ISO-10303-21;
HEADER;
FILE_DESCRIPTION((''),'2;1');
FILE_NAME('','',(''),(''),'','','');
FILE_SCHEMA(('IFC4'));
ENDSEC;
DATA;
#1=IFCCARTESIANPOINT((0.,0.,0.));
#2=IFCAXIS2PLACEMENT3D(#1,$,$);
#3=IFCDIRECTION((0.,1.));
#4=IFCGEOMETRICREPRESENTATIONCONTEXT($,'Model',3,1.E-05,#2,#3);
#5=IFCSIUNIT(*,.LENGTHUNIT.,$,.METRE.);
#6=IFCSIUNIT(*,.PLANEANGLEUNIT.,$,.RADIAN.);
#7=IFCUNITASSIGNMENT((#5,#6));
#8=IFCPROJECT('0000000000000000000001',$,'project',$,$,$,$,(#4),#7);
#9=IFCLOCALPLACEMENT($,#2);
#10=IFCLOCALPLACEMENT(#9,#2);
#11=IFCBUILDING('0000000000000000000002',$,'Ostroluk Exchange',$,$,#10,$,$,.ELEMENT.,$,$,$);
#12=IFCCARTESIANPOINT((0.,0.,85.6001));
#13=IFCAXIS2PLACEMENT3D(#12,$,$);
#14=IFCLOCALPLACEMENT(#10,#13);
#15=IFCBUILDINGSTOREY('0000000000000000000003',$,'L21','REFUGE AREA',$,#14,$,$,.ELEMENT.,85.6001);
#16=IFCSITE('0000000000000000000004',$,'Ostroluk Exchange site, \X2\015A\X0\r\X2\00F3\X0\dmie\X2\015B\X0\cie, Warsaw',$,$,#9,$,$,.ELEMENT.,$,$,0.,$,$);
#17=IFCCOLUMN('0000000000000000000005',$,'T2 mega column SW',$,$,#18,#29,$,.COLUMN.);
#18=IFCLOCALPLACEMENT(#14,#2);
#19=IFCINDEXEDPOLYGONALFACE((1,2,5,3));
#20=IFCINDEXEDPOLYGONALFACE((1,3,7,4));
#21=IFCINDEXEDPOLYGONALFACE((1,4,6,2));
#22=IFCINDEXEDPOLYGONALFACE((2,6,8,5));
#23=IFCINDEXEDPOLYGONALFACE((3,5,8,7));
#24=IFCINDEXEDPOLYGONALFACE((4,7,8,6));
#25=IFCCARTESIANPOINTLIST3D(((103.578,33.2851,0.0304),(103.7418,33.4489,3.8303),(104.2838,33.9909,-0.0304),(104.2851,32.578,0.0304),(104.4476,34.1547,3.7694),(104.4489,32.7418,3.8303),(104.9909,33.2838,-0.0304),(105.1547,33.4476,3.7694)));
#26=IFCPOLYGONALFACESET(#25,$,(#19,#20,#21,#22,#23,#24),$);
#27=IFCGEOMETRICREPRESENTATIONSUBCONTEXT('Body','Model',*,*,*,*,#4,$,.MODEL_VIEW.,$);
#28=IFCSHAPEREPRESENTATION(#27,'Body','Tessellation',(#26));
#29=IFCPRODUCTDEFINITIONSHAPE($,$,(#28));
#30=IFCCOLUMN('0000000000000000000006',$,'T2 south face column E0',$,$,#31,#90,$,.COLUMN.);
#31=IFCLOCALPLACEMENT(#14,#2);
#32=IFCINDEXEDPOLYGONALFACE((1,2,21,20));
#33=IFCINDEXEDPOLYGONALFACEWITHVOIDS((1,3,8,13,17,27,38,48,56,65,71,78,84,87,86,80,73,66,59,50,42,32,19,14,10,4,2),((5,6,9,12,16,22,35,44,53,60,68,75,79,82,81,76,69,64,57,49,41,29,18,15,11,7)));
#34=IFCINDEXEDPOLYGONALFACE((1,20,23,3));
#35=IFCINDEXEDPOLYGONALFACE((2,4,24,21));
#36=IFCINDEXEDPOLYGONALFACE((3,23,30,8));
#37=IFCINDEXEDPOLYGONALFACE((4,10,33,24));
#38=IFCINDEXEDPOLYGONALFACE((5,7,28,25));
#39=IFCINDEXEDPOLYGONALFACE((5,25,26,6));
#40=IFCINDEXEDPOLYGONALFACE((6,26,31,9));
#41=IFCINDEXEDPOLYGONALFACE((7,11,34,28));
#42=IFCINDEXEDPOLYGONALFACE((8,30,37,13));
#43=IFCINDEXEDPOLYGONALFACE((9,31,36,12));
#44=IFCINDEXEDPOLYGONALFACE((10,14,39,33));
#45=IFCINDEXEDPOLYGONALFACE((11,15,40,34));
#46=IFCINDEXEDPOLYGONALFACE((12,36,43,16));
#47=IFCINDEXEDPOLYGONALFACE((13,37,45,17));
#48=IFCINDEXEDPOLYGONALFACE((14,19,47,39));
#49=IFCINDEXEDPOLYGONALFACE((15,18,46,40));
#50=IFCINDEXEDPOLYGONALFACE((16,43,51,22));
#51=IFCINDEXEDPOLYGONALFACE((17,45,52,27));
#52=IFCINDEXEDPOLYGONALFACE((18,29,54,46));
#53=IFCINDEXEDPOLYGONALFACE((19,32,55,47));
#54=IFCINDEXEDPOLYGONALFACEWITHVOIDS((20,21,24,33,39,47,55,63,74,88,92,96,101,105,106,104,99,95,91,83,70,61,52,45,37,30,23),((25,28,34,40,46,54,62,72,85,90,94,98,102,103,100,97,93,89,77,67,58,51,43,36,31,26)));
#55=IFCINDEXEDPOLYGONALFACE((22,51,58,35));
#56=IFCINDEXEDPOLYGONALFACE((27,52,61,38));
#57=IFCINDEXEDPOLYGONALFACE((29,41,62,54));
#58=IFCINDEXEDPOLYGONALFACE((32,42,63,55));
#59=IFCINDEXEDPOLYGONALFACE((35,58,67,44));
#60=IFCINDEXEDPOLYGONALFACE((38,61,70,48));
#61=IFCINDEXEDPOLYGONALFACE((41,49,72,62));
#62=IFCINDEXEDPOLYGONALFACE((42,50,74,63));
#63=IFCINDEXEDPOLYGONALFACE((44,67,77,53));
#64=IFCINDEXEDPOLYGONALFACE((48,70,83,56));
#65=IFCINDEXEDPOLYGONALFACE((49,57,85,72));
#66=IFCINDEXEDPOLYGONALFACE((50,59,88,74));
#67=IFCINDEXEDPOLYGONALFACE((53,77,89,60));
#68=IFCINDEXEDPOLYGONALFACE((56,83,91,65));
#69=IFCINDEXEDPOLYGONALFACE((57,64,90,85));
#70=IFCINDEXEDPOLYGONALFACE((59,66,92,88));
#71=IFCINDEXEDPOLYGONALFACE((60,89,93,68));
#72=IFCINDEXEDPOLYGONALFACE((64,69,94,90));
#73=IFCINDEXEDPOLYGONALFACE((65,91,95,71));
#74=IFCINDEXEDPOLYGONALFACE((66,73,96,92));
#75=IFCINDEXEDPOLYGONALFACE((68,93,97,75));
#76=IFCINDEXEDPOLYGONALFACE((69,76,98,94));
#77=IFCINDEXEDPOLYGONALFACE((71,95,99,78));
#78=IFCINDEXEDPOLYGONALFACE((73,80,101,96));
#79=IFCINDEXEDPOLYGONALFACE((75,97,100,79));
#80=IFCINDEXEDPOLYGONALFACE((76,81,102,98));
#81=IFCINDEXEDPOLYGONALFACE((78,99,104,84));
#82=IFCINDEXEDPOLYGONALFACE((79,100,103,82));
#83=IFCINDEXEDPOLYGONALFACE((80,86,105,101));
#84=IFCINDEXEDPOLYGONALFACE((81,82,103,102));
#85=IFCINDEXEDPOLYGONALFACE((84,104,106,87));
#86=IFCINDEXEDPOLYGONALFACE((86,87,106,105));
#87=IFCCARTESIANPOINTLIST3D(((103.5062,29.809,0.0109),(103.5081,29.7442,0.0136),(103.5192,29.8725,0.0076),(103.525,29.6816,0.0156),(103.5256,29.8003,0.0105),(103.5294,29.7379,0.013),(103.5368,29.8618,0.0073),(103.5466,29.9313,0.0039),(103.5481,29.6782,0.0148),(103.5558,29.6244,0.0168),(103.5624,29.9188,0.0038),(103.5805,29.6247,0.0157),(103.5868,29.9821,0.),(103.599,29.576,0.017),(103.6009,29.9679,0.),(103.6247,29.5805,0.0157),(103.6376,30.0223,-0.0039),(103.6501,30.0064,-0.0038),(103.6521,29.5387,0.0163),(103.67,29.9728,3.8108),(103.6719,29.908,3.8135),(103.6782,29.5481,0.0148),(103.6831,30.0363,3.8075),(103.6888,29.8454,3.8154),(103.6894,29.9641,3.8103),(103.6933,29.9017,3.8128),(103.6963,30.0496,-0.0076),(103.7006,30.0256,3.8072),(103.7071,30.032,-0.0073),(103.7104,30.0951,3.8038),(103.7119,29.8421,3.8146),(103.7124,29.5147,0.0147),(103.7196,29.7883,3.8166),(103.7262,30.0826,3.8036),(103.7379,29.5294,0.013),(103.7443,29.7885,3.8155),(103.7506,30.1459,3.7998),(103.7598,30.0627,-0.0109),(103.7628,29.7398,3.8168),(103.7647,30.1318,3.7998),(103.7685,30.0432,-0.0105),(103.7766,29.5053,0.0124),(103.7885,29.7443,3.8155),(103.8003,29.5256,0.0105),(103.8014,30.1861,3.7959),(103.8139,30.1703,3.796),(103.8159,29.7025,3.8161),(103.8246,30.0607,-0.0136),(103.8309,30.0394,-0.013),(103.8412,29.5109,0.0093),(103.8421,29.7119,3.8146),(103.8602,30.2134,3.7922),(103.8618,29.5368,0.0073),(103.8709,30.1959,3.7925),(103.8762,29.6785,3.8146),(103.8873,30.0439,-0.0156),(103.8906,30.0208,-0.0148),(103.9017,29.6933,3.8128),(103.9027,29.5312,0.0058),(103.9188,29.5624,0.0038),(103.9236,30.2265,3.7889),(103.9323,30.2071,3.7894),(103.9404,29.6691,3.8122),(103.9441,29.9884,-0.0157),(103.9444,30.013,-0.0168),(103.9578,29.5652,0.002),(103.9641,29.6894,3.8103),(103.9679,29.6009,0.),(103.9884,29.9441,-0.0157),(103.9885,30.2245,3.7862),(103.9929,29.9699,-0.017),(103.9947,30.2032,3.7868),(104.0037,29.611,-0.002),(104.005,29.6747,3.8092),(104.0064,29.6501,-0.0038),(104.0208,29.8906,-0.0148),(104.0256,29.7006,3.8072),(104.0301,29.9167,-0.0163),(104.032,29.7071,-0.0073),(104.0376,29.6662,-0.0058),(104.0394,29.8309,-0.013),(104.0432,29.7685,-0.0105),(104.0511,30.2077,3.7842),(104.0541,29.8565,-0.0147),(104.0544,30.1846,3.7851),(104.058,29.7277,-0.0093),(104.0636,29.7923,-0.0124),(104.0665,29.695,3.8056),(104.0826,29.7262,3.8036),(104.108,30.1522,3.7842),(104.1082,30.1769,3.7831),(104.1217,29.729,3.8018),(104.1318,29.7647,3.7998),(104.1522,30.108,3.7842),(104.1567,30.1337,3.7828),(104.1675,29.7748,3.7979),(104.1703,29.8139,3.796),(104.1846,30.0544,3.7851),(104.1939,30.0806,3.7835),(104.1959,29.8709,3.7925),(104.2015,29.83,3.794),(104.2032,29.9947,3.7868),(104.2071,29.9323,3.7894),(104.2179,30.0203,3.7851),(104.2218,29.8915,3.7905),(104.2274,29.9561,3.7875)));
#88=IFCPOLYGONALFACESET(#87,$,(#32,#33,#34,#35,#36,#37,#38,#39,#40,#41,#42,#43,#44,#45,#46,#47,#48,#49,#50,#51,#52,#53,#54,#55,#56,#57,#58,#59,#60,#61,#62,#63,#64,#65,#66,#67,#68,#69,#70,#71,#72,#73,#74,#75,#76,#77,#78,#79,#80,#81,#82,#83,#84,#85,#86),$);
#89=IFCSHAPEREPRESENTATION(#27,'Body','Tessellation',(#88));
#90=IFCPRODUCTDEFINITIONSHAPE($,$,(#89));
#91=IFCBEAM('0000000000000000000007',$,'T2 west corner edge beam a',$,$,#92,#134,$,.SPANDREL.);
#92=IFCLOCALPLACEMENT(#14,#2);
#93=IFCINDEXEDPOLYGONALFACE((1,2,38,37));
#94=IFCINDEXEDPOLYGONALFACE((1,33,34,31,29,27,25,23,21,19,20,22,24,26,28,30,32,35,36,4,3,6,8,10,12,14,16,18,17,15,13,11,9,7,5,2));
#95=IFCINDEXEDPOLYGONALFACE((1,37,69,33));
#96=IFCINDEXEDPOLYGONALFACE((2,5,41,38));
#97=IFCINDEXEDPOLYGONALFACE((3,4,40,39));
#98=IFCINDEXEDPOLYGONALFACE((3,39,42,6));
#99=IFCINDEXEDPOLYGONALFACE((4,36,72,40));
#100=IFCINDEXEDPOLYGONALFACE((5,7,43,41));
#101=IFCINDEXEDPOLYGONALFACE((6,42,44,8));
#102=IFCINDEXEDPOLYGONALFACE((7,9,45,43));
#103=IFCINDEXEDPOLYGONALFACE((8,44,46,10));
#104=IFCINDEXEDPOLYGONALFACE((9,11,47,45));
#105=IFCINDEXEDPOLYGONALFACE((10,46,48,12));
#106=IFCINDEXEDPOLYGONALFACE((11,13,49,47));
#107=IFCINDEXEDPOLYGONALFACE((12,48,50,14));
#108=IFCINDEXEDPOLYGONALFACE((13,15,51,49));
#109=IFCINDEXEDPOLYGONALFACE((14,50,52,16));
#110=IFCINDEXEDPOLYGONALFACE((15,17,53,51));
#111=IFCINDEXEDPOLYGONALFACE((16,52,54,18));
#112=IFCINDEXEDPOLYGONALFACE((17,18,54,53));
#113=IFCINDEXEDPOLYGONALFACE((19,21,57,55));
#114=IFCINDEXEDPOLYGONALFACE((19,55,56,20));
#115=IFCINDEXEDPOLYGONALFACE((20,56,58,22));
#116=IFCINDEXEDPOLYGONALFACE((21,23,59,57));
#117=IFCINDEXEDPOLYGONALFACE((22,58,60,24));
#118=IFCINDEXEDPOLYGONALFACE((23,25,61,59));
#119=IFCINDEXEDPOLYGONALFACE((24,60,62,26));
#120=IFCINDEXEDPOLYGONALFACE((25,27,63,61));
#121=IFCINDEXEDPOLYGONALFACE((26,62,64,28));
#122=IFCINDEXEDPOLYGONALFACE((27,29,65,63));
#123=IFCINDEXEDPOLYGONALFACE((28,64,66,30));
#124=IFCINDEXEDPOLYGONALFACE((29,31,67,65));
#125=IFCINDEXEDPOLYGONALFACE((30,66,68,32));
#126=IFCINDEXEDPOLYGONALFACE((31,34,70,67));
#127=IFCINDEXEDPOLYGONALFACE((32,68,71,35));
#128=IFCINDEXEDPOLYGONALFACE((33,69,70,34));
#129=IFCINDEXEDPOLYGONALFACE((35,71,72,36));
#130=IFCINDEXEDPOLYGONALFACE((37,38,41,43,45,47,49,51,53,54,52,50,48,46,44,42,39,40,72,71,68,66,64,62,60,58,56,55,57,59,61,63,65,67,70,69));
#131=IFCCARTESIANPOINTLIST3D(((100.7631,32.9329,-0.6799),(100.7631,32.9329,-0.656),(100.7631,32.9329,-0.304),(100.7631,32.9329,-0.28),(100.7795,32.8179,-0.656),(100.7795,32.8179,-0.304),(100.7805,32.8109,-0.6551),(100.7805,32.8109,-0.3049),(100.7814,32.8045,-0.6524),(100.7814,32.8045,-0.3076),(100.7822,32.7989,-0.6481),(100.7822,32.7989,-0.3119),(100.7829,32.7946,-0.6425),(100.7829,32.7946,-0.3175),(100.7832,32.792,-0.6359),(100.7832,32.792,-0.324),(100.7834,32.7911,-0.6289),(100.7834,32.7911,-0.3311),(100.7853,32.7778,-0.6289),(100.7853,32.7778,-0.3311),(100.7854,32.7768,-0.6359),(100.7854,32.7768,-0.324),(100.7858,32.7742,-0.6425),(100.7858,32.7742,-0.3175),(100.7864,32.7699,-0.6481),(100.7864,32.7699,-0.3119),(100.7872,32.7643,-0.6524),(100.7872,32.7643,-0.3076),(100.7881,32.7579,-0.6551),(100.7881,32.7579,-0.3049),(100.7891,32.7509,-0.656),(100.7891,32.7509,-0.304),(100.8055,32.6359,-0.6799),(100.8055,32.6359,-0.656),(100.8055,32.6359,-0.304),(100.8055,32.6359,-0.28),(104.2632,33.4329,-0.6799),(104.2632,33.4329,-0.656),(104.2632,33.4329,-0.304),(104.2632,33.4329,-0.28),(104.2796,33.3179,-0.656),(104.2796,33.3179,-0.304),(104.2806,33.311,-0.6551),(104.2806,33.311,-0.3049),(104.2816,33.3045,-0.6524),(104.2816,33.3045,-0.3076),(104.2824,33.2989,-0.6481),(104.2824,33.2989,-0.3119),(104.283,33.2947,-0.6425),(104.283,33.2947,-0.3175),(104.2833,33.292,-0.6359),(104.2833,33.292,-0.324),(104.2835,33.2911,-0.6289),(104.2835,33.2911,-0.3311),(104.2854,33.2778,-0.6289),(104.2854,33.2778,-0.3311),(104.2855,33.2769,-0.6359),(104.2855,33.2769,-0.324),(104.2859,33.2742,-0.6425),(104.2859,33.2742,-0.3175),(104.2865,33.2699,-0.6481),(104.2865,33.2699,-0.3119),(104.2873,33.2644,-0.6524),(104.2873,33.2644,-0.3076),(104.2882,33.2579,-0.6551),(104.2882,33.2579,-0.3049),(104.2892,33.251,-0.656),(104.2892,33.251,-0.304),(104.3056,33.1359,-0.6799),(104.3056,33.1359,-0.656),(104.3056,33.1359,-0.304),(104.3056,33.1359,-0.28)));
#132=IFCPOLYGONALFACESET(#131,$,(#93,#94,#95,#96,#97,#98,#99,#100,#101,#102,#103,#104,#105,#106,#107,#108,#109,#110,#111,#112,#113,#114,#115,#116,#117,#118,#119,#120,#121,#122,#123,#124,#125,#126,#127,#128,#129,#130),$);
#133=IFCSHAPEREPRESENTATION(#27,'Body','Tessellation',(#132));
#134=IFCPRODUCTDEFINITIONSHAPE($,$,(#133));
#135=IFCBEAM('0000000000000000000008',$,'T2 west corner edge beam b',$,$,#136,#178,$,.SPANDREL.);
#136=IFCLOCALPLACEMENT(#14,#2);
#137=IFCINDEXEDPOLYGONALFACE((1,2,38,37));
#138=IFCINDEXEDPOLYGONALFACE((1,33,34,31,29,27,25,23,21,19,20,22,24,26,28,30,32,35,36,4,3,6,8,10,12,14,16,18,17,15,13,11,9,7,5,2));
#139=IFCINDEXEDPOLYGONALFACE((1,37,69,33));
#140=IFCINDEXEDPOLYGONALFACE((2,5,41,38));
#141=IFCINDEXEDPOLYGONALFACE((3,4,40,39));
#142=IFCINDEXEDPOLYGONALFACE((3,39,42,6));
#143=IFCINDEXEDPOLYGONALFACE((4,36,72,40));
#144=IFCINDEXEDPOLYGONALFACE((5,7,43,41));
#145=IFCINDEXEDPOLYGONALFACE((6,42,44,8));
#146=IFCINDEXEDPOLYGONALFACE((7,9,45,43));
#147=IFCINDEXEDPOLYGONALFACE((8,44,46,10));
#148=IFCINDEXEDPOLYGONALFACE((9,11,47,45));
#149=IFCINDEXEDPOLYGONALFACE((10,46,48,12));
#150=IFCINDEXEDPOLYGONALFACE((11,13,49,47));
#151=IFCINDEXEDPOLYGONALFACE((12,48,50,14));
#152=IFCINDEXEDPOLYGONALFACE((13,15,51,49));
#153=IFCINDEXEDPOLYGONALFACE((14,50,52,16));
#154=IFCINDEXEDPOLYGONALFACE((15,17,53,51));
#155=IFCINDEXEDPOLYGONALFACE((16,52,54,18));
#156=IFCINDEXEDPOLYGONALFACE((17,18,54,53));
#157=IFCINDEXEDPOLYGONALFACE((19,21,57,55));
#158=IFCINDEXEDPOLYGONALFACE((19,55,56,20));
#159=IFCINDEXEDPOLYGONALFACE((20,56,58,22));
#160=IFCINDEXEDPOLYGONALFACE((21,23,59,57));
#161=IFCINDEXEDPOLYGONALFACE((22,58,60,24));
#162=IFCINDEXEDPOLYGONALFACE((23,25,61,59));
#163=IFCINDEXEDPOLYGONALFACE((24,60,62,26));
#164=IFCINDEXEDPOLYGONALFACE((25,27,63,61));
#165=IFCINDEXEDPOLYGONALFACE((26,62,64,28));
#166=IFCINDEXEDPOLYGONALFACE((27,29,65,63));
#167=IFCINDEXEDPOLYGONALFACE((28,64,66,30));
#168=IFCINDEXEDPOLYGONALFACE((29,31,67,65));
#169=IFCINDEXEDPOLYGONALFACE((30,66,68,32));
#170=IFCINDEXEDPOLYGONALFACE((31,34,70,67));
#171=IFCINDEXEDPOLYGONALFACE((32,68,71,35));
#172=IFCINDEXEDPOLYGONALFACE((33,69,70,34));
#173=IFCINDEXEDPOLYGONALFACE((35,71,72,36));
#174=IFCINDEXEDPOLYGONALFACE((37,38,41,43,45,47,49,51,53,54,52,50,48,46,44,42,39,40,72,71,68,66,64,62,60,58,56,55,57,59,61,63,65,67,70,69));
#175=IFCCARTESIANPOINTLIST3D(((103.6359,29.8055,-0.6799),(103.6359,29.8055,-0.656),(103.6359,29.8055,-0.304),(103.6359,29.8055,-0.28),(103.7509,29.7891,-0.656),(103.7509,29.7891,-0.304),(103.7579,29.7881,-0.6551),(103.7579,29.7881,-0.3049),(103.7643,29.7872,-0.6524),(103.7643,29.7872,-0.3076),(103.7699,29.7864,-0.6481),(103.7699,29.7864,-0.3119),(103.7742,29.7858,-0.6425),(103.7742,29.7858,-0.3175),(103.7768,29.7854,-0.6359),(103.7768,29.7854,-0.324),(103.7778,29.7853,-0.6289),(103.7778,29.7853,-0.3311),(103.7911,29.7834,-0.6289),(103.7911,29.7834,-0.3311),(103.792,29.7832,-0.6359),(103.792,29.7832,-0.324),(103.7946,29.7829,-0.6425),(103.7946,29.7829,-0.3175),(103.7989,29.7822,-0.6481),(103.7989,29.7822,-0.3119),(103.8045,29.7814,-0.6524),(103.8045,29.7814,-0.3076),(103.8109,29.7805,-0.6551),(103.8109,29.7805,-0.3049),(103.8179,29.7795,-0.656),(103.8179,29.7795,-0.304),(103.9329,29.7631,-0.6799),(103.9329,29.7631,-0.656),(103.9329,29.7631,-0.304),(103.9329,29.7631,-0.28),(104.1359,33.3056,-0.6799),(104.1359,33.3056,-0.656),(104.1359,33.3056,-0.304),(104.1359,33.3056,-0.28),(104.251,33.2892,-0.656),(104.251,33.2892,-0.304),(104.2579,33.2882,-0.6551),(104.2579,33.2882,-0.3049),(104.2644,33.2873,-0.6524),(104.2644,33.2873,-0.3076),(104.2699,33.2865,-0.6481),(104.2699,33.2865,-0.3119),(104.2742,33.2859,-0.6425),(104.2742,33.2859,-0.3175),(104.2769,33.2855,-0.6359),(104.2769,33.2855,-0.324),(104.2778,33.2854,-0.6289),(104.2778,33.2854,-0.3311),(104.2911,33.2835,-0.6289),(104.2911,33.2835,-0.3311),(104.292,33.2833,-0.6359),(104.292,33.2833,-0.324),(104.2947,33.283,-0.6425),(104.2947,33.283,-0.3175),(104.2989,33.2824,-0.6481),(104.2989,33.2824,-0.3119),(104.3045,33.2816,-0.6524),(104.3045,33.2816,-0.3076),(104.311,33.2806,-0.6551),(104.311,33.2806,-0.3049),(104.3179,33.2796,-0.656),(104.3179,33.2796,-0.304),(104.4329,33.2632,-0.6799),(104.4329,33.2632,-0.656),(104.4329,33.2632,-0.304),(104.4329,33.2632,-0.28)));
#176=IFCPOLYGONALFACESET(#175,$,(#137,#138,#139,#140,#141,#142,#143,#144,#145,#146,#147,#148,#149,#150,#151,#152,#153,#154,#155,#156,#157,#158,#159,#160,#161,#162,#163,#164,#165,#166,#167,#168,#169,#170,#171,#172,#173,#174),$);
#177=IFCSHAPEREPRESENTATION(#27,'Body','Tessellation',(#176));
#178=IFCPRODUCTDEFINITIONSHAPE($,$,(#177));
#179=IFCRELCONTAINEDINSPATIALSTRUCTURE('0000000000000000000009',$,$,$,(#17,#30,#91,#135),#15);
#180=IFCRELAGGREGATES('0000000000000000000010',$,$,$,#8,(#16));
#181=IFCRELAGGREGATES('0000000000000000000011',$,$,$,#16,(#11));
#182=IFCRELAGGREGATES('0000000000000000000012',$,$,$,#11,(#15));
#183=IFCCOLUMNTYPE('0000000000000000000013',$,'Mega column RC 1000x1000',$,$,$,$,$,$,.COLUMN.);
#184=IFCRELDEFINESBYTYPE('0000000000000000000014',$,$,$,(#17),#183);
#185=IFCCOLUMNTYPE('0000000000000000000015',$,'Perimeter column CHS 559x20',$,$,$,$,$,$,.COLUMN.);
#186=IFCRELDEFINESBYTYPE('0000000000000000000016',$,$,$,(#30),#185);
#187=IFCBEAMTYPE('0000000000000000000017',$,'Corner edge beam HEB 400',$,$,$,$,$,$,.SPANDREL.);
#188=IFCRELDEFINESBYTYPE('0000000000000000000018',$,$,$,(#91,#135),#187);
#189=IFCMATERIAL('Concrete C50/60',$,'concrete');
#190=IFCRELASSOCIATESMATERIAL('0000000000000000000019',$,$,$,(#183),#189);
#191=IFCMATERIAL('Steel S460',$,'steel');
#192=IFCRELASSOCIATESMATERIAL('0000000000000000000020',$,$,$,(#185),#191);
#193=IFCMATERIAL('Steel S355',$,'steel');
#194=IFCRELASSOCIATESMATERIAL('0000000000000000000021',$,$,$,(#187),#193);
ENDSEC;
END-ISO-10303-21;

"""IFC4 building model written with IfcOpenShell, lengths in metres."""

from ifc_helpers import new_model, si_unit, direction, frame, origin, origin_2d, place, context, subcontext, project, spatial, rectangle, hollow_circle, i_section, extrude, material, material_profile, profile_set, type_object, element, save


model = new_model("IFC4")

# Units and contexts
model_context = context("Model", 3, precision=1e-05, world=origin(), true_north=direction((0.0, 1.0)))
body_context = subcontext(model_context, "Body", "Model", "MODEL_VIEW")
ifc_project = project(units=[si_unit("LENGTHUNIT", "METRE"), si_unit("PLANEANGLEUNIT", "RADIAN")], contexts=[model_context])

# Site, building, storey
site_placement = place(None, origin())
site = spatial("IfcSite", under=ifc_project, at=site_placement, Name="Ostroluk Exchange site, Śródmieście, Warsaw", CompositionType="ELEMENT", RefElevation=0.0)
building_placement = place(site_placement, origin())
building = spatial("IfcBuilding", under=site, at=building_placement, Name="Ostroluk Exchange", CompositionType="ELEMENT")
storey_placement = place(building_placement, frame((0.0, 0.0, 85.6001)))
storey = spatial("IfcBuildingStorey", under=building, at=storey_placement, Name="L21", Description="REFUGE AREA", CompositionType="ELEMENT", Elevation=85.6001)

# Columns
ifc_material_1 = material(Name="Concrete C50/60", Category="concrete")
ifc_material_profile_1 = material_profile(ifc_material_1, rectangle(XDim=1.0, YDim=1.0, at=origin_2d()), Name="RC 1000x1000")
ifc_profile_set_1 = profile_set([ifc_material_profile_1], Name="Concrete C50/60")
column_type_1 = type_object("IfcColumnType", Name="Mega column RC 1000x1000", PredefinedType="COLUMN", material=ifc_profile_set_1)
column_1_placement = place(storey_placement, frame((104.2844, 33.2844, 0.0), z_axis=(0.043032, 0.043032, 0.998146), x_axis=(-0.707107, 0.707107, 0.0)))
element("IfcColumn", 1, at=column_1_placement, inside=storey, type_object=column_type_1, Name="T2 mega column SW", PredefinedType="COLUMN", context=body_context, shape_type="SweptSolid", body=[
    extrude(rectangle(XDim=1.0, YDim=1.0, at=origin_2d()), origin(), (0.0, 0.0, 1.0), 3.8069),
])
ifc_material_2 = material(Name="Steel S460", Category="steel")
ifc_material_profile_2 = material_profile(ifc_material_2, hollow_circle(Radius=0.2795, WallThickness=0.02, at=origin_2d()), Name="CHS 559x20")
ifc_profile_set_2 = profile_set([ifc_material_profile_2], Name="Steel S460")
column_type_2 = type_object("IfcColumnType", Name="Perimeter column CHS 559x20", PredefinedType="COLUMN", material=ifc_profile_set_2)
column_2_placement = place(storey_placement, frame((103.7844, 29.7844, 0.0), z_axis=(0.043032, 0.043032, 0.998146), x_axis=(-0.707107, 0.707107, 0.0)))
element("IfcColumn", 2, at=column_2_placement, inside=storey, type_object=column_type_2, Name="T2 south face column E0", PredefinedType="COLUMN", context=body_context, shape_type="SweptSolid", body=[
    extrude(hollow_circle(Radius=0.2795, WallThickness=0.02, at=origin_2d()), origin(), (0.0, 0.0, 1.0), 3.8069),
])

# Beams
ifc_material_3 = material(Name="Steel S355", Category="steel")
ifc_material_profile_3 = material_profile(ifc_material_3, i_section(OverallWidth=0.3, OverallDepth=0.3999, WebThickness=0.0134, FlangeThickness=0.0239, FilletRadius=0.0271, at=origin_2d()), Name="HEB 400")
ifc_profile_set_3 = profile_set([ifc_material_profile_3], Name="Steel S355")
beam_type_1 = type_object("IfcBeamType", Name="Corner edge beam HEB 400", PredefinedType="SPANDREL", material=ifc_profile_set_3)
for number, where, z_axis, x_axis, name in (
    (3, (104.2844, 33.2844, -0.48), (-0.989949, -0.141421, 0.0), (0.141421, -0.989949, 0.0), "T2 west corner edge beam a"),
    (4, (104.2844, 33.2844, -0.48), (-0.141421, -0.989949, 0.0), (0.989949, -0.141421, 0.0), "T2 west corner edge beam b"),
):
    element("IfcBeam", number, at=place(storey_placement, frame(where, z_axis=z_axis, x_axis=x_axis)), inside=storey, type_object=beam_type_1, Name=name, PredefinedType="SPANDREL", context=body_context, shape_type="SweptSolid", body=[
        extrude(i_section(OverallWidth=0.3, OverallDepth=0.3999, WebThickness=0.0134, FlangeThickness=0.0239, FilletRadius=0.0271, at=origin_2d()), origin(), (0.0, 0.0, 1.0), 3.5356),
    ])

save(model, "model.ifc")
